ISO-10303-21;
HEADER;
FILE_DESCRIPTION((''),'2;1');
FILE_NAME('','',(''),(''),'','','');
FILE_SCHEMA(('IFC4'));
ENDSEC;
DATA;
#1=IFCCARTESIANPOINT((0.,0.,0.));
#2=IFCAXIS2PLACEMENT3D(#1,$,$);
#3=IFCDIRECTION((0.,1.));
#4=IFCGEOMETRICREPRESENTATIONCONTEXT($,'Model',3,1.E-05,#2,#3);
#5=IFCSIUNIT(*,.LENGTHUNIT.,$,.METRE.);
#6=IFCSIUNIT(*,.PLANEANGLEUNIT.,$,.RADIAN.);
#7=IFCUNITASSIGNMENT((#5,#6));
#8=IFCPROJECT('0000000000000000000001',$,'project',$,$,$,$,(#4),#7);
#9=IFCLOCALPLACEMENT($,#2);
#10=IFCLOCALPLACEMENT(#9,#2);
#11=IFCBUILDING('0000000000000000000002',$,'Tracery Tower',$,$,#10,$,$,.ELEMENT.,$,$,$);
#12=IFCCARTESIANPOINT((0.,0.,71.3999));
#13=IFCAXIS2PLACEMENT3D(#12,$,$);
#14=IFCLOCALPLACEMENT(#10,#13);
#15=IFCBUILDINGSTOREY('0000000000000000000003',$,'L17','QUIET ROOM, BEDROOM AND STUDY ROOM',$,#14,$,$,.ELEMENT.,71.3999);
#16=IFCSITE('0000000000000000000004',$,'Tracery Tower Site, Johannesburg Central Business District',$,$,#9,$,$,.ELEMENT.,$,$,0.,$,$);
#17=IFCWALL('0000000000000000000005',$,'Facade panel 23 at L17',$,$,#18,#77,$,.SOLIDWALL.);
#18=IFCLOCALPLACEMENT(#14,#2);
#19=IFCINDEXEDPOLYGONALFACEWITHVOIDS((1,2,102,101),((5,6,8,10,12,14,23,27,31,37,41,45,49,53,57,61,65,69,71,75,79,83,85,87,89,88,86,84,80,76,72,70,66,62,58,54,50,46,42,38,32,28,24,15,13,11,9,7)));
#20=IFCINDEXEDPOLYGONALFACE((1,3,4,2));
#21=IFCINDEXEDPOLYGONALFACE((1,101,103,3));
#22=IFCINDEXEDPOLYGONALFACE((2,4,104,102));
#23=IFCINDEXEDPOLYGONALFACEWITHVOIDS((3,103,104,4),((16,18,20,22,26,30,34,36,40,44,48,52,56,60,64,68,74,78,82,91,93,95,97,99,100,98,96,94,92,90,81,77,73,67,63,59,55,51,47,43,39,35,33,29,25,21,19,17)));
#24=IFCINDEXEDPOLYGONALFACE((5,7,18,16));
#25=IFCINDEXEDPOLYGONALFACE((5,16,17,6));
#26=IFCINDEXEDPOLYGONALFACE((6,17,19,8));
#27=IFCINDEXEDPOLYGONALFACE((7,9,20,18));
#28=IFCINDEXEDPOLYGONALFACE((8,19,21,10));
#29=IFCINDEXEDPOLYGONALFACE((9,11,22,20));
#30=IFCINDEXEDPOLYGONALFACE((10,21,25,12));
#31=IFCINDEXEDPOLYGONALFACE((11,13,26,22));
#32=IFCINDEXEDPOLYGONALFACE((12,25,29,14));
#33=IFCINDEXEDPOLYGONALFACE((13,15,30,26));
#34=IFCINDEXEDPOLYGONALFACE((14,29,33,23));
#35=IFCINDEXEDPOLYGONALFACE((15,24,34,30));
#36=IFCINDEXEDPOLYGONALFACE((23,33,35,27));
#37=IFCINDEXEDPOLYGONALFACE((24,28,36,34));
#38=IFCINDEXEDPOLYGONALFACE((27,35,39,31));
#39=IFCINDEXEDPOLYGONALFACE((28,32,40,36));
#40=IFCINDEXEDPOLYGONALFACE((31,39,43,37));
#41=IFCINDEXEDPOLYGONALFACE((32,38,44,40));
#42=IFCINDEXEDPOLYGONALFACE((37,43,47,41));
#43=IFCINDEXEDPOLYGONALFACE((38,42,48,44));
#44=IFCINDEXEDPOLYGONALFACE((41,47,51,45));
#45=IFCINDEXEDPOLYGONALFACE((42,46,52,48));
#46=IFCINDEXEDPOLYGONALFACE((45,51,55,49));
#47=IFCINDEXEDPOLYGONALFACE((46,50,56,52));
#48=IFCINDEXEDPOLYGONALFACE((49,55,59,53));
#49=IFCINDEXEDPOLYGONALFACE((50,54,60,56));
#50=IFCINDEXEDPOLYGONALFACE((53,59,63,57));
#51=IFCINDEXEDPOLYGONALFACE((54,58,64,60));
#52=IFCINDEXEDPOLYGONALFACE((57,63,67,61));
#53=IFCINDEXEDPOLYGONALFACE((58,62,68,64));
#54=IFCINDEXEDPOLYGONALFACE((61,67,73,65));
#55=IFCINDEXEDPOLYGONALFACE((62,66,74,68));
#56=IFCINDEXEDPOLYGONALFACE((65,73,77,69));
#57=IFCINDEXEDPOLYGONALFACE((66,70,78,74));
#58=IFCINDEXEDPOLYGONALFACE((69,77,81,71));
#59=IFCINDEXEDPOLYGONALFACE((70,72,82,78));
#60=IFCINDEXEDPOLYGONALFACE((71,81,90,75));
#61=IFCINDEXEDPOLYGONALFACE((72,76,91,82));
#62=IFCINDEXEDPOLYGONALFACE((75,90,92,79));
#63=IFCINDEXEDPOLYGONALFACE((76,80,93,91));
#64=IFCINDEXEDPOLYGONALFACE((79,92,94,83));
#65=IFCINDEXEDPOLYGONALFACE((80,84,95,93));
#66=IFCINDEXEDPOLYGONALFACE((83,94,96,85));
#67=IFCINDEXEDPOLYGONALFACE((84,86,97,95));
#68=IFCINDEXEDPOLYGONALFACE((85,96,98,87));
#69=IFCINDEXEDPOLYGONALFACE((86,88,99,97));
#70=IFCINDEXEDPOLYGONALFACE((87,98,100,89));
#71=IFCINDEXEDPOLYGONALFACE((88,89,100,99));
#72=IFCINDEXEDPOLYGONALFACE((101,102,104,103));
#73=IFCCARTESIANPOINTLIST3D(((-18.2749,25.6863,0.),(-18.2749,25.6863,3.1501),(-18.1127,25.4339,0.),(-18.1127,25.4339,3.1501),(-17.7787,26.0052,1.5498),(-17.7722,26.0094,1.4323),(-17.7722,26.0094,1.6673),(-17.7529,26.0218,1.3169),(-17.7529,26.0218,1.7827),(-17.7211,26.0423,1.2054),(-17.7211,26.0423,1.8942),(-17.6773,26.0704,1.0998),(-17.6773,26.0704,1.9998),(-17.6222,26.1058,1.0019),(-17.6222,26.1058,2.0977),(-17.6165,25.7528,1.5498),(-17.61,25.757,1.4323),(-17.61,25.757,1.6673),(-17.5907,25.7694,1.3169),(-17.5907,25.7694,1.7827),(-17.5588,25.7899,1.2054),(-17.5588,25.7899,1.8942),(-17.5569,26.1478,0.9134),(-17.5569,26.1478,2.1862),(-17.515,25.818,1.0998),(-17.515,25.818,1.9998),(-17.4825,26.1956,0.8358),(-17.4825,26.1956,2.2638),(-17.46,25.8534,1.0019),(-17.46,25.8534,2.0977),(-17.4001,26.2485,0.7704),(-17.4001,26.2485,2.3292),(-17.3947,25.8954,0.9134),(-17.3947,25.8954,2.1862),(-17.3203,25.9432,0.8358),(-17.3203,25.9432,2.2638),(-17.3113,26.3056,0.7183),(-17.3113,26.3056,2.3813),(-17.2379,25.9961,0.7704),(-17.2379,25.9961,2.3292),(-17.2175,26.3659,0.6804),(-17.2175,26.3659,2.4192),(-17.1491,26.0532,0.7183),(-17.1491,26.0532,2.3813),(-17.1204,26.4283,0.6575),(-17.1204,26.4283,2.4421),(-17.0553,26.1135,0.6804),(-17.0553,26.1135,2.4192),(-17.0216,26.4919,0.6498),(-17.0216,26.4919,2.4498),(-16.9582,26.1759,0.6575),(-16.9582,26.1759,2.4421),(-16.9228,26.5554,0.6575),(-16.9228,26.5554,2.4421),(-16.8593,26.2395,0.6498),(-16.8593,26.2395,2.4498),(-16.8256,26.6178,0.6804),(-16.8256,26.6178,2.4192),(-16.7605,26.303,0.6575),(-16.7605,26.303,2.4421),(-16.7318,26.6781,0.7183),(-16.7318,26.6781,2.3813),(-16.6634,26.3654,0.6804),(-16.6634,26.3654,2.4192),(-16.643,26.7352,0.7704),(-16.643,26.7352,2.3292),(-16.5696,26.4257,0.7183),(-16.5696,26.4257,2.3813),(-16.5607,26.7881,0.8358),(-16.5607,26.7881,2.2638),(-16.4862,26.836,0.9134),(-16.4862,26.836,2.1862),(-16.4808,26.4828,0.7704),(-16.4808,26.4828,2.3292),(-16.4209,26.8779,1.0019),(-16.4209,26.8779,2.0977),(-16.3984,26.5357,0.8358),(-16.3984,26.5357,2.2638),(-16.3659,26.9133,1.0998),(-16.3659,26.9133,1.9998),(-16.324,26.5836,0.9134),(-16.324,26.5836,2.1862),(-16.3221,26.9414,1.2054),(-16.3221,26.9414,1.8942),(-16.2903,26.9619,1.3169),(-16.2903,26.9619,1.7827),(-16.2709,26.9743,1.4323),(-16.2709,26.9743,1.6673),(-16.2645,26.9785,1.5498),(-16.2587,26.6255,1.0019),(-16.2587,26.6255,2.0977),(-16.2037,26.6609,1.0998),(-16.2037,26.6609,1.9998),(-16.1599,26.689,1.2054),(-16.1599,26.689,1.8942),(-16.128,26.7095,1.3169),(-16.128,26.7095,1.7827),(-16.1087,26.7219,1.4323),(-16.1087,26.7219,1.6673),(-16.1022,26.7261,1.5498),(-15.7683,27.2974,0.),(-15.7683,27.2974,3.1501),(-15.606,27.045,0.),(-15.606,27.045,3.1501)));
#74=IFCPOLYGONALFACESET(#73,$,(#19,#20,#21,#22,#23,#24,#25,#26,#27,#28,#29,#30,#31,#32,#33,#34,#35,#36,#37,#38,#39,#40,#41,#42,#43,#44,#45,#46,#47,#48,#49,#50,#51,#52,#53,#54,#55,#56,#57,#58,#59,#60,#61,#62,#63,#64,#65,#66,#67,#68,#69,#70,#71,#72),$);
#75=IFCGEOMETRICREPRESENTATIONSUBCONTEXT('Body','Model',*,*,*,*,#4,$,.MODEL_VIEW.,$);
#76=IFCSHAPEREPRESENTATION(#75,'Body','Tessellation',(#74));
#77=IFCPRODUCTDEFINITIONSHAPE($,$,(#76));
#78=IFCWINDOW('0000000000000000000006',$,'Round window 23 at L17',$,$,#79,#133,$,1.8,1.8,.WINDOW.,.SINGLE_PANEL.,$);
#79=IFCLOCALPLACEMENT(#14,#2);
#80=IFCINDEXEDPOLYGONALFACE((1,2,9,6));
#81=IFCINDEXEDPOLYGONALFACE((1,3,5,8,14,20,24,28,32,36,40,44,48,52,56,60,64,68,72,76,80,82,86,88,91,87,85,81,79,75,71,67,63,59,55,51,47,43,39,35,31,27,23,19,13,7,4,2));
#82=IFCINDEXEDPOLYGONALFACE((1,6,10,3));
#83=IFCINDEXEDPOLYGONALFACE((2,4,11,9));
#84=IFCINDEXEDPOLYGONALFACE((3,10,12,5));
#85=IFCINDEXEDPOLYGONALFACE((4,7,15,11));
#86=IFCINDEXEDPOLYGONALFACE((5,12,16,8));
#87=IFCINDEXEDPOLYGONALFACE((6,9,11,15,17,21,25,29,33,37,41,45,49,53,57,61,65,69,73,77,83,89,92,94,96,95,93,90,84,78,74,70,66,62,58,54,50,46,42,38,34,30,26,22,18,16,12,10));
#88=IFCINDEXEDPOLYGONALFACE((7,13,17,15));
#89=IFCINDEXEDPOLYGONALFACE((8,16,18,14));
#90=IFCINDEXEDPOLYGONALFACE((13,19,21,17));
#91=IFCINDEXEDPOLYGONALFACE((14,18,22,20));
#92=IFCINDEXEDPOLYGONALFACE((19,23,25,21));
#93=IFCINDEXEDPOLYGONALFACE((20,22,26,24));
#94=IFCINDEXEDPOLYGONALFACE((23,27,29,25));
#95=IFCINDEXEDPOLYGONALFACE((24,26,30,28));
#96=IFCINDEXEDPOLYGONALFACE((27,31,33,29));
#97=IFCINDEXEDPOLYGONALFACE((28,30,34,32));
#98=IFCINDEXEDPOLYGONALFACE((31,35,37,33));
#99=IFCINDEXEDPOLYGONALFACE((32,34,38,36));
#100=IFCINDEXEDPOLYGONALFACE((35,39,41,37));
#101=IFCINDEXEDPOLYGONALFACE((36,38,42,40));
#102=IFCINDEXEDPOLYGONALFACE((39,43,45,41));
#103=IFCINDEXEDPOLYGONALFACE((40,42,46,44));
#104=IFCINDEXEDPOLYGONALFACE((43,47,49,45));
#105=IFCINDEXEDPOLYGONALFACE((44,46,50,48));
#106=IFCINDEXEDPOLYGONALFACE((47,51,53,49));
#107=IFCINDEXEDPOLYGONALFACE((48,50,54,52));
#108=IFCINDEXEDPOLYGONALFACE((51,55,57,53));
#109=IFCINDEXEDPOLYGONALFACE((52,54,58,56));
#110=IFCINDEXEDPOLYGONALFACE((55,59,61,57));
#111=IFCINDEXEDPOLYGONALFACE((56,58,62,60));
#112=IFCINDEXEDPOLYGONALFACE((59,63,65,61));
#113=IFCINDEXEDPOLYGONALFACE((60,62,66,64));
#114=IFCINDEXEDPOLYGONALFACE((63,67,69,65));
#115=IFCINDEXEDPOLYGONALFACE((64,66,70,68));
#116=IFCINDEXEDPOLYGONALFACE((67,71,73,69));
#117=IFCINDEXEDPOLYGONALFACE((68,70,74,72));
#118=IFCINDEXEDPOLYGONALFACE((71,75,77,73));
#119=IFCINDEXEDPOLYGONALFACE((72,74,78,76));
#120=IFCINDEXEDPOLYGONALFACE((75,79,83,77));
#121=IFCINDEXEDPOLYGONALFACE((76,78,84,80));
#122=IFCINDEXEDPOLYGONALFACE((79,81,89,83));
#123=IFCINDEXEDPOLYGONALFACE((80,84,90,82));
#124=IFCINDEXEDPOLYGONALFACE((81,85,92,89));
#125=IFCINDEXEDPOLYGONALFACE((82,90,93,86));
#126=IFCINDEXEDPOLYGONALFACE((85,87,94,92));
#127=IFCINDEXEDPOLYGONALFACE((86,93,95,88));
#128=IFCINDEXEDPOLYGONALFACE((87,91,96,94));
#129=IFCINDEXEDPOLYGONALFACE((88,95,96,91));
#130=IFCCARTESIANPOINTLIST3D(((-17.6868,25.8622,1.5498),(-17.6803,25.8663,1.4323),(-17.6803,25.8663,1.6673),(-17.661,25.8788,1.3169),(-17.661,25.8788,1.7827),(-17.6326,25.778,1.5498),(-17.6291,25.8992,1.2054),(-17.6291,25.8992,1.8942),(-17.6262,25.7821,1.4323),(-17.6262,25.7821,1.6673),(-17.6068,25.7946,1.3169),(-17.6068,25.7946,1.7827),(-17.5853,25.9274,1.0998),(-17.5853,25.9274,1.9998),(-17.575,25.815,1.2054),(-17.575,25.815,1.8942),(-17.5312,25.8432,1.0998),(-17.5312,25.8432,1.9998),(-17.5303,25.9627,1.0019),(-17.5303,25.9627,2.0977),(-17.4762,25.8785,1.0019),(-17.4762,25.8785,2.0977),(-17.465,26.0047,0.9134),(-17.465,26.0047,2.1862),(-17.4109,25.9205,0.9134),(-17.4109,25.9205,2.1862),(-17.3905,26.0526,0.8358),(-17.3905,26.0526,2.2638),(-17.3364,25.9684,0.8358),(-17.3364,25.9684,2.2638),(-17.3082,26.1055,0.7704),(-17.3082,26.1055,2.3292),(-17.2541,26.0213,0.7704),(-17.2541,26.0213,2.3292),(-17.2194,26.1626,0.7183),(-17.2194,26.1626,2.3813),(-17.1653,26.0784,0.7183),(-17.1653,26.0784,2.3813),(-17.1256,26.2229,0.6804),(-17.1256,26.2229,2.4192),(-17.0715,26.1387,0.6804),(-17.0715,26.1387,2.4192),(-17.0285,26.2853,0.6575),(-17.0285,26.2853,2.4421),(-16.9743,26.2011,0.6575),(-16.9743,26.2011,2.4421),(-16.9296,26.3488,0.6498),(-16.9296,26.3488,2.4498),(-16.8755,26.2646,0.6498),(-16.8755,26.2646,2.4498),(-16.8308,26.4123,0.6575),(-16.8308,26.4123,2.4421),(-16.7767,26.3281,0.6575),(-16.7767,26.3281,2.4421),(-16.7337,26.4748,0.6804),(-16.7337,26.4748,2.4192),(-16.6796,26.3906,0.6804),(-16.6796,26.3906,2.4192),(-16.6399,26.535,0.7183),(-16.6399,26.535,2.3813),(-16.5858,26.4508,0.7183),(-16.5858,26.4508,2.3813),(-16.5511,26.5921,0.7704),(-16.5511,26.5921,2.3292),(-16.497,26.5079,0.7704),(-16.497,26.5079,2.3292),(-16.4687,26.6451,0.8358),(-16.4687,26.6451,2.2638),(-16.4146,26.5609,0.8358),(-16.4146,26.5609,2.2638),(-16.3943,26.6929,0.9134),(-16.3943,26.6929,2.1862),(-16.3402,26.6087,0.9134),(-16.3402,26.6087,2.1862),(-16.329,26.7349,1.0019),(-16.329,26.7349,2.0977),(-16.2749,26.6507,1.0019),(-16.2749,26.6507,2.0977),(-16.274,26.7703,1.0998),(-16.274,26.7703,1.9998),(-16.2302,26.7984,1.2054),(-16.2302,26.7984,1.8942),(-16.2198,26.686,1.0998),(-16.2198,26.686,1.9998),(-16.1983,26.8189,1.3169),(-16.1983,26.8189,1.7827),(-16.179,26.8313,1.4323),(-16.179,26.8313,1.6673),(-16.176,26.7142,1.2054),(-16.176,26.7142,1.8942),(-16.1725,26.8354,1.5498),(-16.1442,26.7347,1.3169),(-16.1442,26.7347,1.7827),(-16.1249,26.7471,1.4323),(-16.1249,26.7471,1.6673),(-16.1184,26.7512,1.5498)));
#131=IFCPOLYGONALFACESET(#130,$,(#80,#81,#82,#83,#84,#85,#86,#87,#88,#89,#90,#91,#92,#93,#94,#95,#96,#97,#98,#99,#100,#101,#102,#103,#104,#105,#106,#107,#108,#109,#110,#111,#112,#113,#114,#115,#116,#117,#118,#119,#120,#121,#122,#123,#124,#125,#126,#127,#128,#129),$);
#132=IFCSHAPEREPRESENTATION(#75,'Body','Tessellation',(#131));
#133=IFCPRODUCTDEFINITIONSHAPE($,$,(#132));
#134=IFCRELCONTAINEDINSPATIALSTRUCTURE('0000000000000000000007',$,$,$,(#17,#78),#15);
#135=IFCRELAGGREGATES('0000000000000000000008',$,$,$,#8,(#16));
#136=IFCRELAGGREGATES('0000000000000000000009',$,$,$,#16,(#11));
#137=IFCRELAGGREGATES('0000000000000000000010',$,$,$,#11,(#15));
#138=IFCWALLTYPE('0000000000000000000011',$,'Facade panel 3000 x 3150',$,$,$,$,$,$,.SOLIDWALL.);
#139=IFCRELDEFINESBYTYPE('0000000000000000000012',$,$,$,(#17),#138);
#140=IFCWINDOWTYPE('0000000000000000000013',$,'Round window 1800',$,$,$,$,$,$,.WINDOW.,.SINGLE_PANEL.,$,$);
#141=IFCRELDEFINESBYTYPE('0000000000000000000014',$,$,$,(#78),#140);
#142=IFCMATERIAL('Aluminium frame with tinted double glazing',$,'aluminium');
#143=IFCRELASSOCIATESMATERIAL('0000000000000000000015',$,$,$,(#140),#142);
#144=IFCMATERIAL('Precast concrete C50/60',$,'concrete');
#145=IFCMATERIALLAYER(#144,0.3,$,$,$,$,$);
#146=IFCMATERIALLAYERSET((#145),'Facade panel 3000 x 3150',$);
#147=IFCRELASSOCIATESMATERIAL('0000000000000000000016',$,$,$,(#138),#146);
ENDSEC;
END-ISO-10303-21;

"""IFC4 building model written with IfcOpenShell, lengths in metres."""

from ifc_helpers import new_model, si_unit, direction, frame, frame_2d, origin, origin_2d, place, context, subcontext, project, spatial, rectangle, circle, extrude, material, layer, layer_set, type_object, element, fill, save


model = new_model("IFC4")

# Units and contexts
model_context = context("Model", 3, precision=1e-05, world=origin(), true_north=direction((0.0, 1.0)))
body_context = subcontext(model_context, "Body", "Model", "MODEL_VIEW")
ifc_project = project(units=[si_unit("LENGTHUNIT", "METRE"), si_unit("PLANEANGLEUNIT", "RADIAN")], contexts=[model_context])

# Site, building, storey
site_placement = place(None, origin())
site = spatial("IfcSite", under=ifc_project, at=site_placement, Name="Tracery Tower Site, Johannesburg Central Business District", CompositionType="ELEMENT", RefElevation=0.0)
building_placement = place(site_placement, origin())
building = spatial("IfcBuilding", under=site, at=building_placement, Name="Tracery Tower", CompositionType="ELEMENT")
storey_placement = place(building_placement, frame((0.0, 0.0, 71.3999)))
storey = spatial("IfcBuildingStorey", under=building, at=storey_placement, Name="L17", Description="QUIET ROOM, BEDROOM AND STUDY ROOM", CompositionType="ELEMENT", Elevation=71.3999)

# Wall, opening, window
ifc_material_1 = material(Name="Aluminium frame with tinted double glazing", Category="aluminium")
window_type = type_object("IfcWindowType", Name="Round window 1800", PartitioningType="SINGLE_PANEL", PredefinedType="WINDOW", material=ifc_material_1)
ifc_material_2 = material(Name="Precast concrete C50/60", Category="concrete")
ifc_layer_1 = layer(ifc_material_2, 0.3)
ifc_layer_set_1 = layer_set([ifc_layer_1], Name="Facade panel 3000 x 3150")
wall_type_1 = type_object("IfcWallType", Name="Facade panel 3000 x 3150", PredefinedType="SOLIDWALL", material=ifc_layer_set_1)
wall_1_placement = place(storey_placement, frame((-15.6873, 27.1711, 0.0), z_axis=(0.0, 0.0, 1.0), x_axis=(-0.841224, -0.540687, 0.0)))
wall_1 = element("IfcWall", 1, at=wall_1_placement, inside=storey, type_object=wall_type_1, Name="Facade panel 23 at L17", PredefinedType="SOLIDWALL", context=body_context, shape_type="SweptSolid", body=[
    extrude(rectangle(XDim=2.9797, YDim=0.3, at=frame_2d((1.4897, 0.0))), origin(), (0.0, 0.0, 1.0), 3.1501),
])
opening_1_placement = place(wall_1_placement, frame((1.4897, 0.0, 1.5498)))
opening_1 = element("IfcOpeningElement", 2, at=opening_1_placement, cuts=wall_1, PredefinedType="OPENING", context=body_context, shape_type="SweptSolid", body=[
    extrude(circle(Radius=0.9, at=origin_2d()), frame((0.0, 0.1599, 0.0), z_axis=(0.0, -1.0, 0.0), x_axis=(1.0, 0.0, 0.0)), (0.0, 0.0, 1.0), 0.3201),
])
window_1_placement = place(opening_1_placement, origin())
window_1 = element("IfcWindow", 3, at=window_1_placement, inside=storey, type_object=window_type, Name="Round window 23 at L17", OverallHeight=1.8, OverallWidth=1.8, PartitioningType="SINGLE_PANEL", PredefinedType="WINDOW", context=body_context, shape_type="SweptSolid", body=[
    extrude(circle(Radius=0.9, at=origin_2d()), frame((0.0, 0.1201, 0.0), z_axis=(0.0, -1.0, 0.0), x_axis=(1.0, 0.0, 0.0)), (0.0, 0.0, 1.0), 0.1001),
])
fill(opening_1, window_1)

save(model, "model.ifc")
